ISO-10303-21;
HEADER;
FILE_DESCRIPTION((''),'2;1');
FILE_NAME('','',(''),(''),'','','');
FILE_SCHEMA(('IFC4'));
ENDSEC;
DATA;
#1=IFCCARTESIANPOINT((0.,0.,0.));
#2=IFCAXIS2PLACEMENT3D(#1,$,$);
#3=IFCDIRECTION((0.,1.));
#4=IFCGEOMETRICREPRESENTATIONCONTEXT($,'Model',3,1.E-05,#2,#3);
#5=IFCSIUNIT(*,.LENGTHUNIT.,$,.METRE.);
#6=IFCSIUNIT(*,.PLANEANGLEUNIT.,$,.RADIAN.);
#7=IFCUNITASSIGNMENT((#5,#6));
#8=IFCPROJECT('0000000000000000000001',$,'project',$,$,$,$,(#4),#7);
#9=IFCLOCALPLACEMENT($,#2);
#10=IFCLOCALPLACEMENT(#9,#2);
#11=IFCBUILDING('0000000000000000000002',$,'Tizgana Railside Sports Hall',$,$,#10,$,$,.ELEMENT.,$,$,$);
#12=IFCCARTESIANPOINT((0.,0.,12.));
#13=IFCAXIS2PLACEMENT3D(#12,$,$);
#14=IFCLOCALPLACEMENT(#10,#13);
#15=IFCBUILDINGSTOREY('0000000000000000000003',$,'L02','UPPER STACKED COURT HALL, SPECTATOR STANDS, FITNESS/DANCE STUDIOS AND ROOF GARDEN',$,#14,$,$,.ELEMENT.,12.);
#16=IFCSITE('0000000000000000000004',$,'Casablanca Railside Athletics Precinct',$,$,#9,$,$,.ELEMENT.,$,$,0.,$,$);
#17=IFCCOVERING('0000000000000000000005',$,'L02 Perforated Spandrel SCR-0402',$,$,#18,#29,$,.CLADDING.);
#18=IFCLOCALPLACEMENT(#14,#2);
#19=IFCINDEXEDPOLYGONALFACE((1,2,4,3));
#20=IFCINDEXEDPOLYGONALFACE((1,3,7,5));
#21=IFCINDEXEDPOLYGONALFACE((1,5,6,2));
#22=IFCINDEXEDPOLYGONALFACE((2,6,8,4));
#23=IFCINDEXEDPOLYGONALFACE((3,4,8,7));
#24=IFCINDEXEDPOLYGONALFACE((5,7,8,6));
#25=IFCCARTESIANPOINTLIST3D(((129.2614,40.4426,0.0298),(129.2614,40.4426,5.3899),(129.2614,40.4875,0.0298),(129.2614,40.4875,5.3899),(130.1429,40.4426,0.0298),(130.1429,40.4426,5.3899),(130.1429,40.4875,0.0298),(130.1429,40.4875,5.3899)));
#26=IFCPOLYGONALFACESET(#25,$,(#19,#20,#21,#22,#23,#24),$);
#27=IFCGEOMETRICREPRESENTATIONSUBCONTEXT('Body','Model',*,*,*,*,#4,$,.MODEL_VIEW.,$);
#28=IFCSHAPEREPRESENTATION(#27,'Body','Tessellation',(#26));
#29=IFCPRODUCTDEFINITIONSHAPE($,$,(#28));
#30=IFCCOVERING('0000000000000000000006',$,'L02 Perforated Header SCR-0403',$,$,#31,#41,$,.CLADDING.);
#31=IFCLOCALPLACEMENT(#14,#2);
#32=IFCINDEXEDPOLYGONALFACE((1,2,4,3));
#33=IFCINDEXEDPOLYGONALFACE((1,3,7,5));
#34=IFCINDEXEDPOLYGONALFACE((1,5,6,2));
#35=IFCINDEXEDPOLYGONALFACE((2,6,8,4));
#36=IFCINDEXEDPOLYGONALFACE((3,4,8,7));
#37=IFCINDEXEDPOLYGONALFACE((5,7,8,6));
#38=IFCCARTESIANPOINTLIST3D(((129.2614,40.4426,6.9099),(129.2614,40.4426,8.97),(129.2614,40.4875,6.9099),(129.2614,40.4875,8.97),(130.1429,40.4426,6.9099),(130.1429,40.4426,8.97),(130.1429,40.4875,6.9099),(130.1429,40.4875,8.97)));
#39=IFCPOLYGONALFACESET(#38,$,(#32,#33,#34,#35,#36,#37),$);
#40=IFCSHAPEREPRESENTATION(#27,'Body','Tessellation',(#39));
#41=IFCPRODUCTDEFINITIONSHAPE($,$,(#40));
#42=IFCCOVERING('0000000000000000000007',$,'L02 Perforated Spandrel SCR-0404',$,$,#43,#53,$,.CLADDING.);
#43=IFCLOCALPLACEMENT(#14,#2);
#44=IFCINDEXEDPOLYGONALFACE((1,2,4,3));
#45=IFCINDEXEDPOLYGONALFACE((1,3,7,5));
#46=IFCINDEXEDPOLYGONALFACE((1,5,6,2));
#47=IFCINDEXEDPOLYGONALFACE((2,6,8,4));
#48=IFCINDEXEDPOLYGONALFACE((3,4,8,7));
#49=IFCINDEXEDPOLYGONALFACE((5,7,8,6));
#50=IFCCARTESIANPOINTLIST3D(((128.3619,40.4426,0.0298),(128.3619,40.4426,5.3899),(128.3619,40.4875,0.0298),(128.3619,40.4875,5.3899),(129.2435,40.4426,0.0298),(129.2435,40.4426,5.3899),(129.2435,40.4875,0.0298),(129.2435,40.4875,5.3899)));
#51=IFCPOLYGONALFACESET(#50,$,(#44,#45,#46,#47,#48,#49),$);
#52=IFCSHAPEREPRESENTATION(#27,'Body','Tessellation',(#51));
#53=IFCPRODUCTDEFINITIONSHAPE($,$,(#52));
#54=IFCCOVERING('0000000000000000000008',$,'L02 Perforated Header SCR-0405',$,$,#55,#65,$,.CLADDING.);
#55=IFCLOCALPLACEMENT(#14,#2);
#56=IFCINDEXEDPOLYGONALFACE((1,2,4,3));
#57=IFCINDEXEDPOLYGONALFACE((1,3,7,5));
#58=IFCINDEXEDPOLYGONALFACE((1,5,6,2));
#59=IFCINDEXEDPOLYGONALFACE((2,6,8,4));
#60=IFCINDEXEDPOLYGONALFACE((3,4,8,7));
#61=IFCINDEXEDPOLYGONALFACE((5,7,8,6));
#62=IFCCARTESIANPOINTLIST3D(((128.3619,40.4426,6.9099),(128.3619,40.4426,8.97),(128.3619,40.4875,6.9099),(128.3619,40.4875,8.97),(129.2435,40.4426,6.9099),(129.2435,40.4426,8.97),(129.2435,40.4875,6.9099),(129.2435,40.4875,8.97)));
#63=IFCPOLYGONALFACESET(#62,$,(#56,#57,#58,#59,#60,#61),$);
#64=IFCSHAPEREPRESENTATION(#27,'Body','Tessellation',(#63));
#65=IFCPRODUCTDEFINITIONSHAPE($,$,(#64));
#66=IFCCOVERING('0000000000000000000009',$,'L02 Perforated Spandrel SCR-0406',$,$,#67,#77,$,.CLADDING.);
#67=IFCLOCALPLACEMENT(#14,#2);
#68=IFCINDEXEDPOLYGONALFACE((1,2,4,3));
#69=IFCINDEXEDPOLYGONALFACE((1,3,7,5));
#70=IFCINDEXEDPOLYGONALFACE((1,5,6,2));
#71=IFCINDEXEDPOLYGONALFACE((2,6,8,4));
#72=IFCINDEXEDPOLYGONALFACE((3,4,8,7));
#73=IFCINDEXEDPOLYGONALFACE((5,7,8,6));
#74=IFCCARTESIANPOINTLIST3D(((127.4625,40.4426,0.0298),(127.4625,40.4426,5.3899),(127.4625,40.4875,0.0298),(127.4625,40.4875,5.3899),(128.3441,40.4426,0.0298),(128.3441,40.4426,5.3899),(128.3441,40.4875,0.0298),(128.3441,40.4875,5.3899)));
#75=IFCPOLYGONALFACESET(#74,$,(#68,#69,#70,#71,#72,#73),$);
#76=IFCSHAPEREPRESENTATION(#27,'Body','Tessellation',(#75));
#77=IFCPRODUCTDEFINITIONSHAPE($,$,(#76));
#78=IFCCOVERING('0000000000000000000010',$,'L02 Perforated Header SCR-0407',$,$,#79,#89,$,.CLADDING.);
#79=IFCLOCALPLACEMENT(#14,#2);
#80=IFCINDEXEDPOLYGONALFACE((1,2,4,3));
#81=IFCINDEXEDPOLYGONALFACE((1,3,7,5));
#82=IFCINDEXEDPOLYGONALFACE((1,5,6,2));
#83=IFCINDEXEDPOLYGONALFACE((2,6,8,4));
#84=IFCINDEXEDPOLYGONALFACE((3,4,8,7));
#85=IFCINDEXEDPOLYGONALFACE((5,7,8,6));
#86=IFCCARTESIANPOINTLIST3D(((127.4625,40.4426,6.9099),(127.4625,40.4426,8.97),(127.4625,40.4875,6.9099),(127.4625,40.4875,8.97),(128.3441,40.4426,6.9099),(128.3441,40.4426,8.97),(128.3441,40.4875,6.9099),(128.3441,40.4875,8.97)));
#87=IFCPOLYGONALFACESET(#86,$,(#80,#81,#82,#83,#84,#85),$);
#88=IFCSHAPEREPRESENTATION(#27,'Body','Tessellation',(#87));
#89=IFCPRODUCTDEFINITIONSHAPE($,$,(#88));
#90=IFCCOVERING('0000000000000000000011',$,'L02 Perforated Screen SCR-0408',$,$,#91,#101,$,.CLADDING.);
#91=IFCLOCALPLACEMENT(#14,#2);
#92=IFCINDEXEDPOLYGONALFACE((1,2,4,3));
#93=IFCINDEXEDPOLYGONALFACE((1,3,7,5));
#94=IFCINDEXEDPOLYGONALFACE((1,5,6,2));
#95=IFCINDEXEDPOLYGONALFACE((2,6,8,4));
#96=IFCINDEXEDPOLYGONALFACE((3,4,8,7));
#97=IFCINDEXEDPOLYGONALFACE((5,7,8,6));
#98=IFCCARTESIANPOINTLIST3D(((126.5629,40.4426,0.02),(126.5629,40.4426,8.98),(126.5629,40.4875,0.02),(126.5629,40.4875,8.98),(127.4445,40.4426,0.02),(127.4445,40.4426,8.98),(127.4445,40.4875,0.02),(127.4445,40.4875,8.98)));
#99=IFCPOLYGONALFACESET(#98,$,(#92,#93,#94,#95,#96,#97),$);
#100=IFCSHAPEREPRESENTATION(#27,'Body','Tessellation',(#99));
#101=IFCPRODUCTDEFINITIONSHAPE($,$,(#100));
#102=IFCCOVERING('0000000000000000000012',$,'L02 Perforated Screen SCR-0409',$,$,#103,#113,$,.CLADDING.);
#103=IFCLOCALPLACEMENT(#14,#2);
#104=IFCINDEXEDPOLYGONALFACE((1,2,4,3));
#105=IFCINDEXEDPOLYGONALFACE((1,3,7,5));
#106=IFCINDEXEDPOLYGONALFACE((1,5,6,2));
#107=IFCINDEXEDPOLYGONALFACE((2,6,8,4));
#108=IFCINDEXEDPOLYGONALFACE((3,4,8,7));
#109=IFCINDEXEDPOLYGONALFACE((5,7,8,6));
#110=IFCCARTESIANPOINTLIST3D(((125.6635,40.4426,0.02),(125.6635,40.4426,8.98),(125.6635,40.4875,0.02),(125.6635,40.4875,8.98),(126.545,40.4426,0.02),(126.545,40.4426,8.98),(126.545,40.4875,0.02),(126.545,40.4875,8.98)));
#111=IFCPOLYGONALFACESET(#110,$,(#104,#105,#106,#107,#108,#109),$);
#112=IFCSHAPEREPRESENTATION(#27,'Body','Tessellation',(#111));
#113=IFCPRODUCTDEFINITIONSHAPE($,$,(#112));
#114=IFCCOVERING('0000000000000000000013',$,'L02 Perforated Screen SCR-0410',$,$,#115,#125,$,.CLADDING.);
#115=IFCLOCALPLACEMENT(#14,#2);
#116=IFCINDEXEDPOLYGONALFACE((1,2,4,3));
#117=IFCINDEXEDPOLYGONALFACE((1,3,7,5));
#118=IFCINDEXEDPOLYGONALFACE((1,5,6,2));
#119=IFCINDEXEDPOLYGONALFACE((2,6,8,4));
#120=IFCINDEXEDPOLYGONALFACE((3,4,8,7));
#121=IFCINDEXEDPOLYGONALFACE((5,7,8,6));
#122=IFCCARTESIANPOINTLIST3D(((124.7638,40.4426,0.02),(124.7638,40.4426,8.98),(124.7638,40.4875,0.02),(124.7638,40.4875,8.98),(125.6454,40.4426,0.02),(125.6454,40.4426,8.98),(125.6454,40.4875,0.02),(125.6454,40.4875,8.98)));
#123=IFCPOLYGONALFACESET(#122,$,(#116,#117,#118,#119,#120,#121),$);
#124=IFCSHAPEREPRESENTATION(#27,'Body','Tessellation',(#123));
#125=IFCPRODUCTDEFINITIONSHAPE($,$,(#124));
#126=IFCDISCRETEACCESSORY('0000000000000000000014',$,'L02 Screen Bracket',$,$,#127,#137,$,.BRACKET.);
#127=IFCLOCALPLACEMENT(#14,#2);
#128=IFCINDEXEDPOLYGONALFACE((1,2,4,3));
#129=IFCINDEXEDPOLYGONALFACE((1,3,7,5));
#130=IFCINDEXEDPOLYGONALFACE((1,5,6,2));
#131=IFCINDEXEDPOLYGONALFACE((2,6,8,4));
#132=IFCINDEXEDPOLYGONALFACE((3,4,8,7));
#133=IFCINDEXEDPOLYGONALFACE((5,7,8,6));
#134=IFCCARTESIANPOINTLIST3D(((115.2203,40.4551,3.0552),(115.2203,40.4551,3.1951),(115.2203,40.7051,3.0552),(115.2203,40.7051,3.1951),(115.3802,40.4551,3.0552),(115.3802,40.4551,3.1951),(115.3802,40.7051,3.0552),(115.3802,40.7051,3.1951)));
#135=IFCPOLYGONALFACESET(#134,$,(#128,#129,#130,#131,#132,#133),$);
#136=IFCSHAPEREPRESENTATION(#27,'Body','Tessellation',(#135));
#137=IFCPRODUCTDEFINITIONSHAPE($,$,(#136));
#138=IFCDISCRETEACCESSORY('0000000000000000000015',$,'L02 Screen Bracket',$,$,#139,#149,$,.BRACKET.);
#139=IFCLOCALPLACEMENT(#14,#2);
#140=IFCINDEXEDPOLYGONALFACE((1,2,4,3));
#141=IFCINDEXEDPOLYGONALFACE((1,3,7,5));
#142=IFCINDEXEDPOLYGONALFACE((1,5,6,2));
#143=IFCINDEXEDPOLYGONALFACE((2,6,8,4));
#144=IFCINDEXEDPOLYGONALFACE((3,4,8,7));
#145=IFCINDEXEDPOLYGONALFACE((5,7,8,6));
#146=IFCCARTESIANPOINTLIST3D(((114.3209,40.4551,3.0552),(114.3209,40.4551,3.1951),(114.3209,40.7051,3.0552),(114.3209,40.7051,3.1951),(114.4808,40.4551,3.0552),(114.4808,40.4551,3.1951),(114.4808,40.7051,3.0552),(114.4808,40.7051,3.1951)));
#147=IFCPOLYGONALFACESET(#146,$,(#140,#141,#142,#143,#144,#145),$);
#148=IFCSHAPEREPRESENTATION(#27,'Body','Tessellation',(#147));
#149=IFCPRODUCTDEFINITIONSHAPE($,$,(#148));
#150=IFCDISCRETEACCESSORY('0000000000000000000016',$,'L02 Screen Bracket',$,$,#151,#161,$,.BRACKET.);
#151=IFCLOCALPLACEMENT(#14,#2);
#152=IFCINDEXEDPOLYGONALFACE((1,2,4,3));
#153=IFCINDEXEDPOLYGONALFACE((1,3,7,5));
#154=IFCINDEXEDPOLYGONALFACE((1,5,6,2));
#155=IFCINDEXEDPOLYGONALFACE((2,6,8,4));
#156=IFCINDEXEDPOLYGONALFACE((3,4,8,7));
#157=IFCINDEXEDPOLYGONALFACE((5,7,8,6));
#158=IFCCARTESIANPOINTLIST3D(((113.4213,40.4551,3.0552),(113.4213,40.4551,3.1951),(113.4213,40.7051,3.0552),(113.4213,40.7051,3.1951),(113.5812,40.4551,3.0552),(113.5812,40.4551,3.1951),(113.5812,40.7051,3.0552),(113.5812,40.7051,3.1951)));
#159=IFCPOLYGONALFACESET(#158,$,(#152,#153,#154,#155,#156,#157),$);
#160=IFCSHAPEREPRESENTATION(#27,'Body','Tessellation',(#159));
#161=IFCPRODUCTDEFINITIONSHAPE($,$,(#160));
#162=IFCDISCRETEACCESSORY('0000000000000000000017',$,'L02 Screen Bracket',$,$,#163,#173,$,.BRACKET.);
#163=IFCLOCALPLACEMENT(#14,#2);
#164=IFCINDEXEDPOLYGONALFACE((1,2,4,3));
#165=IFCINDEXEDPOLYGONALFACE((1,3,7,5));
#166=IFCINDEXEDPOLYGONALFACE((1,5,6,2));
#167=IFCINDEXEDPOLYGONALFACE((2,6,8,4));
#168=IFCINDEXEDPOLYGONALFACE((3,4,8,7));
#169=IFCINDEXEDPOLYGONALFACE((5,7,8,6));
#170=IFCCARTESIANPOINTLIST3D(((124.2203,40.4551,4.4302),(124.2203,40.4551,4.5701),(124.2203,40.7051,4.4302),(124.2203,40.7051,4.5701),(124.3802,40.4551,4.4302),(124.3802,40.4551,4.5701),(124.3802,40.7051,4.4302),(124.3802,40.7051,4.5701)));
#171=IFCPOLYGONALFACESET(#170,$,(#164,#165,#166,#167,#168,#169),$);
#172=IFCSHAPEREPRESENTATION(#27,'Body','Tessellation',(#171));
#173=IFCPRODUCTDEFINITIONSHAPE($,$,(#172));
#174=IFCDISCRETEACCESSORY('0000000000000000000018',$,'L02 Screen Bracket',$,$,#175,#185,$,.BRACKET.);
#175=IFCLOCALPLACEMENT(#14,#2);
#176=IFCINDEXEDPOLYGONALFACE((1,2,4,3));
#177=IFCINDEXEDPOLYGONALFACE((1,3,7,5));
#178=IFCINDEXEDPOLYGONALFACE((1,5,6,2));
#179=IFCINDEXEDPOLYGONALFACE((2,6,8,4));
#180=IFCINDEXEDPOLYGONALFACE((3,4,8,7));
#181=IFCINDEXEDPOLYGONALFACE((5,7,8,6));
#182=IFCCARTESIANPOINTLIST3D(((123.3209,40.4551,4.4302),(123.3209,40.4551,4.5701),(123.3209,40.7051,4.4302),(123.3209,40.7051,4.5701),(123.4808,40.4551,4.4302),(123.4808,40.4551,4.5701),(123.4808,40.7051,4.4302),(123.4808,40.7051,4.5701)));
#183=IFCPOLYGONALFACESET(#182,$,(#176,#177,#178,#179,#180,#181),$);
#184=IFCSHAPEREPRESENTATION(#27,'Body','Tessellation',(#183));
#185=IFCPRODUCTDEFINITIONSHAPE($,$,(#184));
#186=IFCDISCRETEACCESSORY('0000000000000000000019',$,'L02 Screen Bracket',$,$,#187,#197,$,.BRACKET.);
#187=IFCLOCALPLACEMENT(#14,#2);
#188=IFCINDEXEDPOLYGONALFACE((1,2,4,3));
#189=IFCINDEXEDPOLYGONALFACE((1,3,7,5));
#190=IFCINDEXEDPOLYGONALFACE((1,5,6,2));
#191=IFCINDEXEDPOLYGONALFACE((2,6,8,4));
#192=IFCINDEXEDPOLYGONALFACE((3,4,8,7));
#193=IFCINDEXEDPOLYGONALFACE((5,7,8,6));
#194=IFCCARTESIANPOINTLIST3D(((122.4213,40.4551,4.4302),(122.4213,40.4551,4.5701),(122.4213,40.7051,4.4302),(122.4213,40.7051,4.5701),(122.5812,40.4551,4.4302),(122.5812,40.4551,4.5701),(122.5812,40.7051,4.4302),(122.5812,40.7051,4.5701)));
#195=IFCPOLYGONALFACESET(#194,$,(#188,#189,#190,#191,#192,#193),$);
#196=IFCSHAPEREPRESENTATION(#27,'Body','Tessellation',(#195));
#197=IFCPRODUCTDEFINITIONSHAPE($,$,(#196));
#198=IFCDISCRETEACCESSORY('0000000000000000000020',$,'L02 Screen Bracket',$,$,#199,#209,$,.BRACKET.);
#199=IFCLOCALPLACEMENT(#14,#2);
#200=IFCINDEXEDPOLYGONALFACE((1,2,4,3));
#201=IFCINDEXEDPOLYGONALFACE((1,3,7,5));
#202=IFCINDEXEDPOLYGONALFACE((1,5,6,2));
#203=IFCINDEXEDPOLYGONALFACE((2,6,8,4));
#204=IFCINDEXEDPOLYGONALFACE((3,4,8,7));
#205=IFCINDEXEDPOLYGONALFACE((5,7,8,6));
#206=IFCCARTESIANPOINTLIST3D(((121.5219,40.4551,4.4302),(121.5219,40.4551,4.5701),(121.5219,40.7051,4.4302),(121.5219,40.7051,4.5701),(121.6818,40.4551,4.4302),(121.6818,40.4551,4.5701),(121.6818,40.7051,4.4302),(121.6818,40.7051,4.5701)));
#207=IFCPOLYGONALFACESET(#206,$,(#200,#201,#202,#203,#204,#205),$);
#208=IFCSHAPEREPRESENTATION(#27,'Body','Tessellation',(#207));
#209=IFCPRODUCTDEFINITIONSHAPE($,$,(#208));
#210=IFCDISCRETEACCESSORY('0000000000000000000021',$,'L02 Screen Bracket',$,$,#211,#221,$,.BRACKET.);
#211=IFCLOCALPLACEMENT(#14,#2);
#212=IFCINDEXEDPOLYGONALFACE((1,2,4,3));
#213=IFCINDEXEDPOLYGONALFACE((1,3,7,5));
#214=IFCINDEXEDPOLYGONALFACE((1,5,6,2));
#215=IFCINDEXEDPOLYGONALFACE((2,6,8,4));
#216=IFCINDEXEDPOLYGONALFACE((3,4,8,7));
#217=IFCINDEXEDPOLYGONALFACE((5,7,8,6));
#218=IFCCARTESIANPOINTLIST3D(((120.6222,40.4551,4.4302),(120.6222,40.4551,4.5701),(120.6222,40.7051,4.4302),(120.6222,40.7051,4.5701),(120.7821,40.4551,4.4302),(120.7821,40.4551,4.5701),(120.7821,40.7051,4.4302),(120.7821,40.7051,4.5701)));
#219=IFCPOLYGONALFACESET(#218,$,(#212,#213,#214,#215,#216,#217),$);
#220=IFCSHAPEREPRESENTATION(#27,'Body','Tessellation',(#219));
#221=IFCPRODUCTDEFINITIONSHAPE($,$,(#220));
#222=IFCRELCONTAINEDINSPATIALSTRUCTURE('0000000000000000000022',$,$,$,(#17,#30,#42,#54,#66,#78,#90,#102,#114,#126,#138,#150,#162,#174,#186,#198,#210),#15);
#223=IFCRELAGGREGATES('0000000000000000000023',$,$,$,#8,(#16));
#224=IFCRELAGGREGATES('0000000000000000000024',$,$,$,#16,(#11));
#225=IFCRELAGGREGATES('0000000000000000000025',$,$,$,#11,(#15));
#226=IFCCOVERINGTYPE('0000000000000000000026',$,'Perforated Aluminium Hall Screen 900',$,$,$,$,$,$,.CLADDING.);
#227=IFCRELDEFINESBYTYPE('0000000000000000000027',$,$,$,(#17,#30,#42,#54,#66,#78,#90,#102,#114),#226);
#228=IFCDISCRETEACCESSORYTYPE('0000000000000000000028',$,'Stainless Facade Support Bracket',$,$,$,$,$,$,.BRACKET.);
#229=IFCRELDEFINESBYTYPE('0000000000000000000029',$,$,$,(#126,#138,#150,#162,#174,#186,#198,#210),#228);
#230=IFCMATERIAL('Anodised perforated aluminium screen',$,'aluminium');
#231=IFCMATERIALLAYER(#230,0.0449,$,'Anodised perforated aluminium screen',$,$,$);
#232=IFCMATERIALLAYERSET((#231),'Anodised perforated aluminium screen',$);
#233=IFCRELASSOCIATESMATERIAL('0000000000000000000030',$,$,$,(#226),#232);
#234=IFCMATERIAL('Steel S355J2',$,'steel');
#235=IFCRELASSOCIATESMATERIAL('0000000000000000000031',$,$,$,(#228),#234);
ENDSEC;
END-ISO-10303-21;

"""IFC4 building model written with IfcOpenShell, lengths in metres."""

from ifc_helpers import new_model, si_unit, direction, frame, origin, origin_2d, place, context, subcontext, project, spatial, rectangle, extrude, material, layer, layer_set, type_object, element, save


model = new_model("IFC4")

# Units and contexts
model_context = context("Model", 3, precision=1e-05, world=origin(), true_north=direction((0.0, 1.0)))
body_context = subcontext(model_context, "Body", "Model", "MODEL_VIEW")
ifc_project = project(units=[si_unit("LENGTHUNIT", "METRE"), si_unit("PLANEANGLEUNIT", "RADIAN")], contexts=[model_context])

# Site, building, storey
site_placement = place(None, origin())
site = spatial("IfcSite", under=ifc_project, at=site_placement, Name="Casablanca Railside Athletics Precinct", CompositionType="ELEMENT", RefElevation=0.0)
building_placement = place(site_placement, origin())
building = spatial("IfcBuilding", under=site, at=building_placement, Name="Tizgana Railside Sports Hall", CompositionType="ELEMENT")
storey_placement = place(building_placement, frame((0.0, 0.0, 12.0)))
storey = spatial("IfcBuildingStorey", under=building, at=storey_placement, Name="L02", Description="UPPER STACKED COURT HALL, SPECTATOR STANDS, FITNESS/DANCE STUDIOS AND ROOF GARDEN", CompositionType="ELEMENT", Elevation=12.0)

# Coverings
ifc_material_1 = material(Name="Anodised perforated aluminium screen", Category="aluminium")
ifc_layer = layer(ifc_material_1, 0.0449, Name="Anodised perforated aluminium screen")
ifc_layer_set = layer_set([ifc_layer], Name="Anodised perforated aluminium screen")
covering_type = type_object("IfcCoveringType", Name="Perforated Aluminium Hall Screen 900", PredefinedType="CLADDING", material=ifc_layer_set)
covering_1_placement = place(storey_placement, frame((129.7021, 40.4651, 0.0298), z_axis=(0.0, 0.0, 1.0), x_axis=(-1.0, 0.0, 0.0)))
element("IfcCovering", 1, at=covering_1_placement, inside=storey, type_object=covering_type, Name="L02 Perforated Spandrel SCR-0402", PredefinedType="CLADDING", context=body_context, shape_type="SweptSolid", body=[
    extrude(rectangle(XDim=0.8816, YDim=0.0449, at=origin_2d()), origin(), (0.0, 0.0, 1.0), 5.3601),
])
covering_2_placement = place(storey_placement, frame((129.7021, 40.4651, 6.9099), z_axis=(0.0, 0.0, 1.0), x_axis=(-1.0, 0.0, 0.0)))
element("IfcCovering", 2, at=covering_2_placement, inside=storey, type_object=covering_type, Name="L02 Perforated Header SCR-0403", PredefinedType="CLADDING", context=body_context, shape_type="SweptSolid", body=[
    extrude(rectangle(XDim=0.8816, YDim=0.0449, at=origin_2d()), origin(), (0.0, 0.0, 1.0), 2.0601),
])
covering_3_placement = place(storey_placement, frame((128.8027, 40.4651, 0.0298), z_axis=(0.0, 0.0, 1.0), x_axis=(-1.0, 0.0, 0.0)))
element("IfcCovering", 3, at=covering_3_placement, inside=storey, type_object=covering_type, Name="L02 Perforated Spandrel SCR-0404", PredefinedType="CLADDING", context=body_context, shape_type="SweptSolid", body=[
    extrude(rectangle(XDim=0.8816, YDim=0.0449, at=origin_2d()), origin(), (0.0, 0.0, 1.0), 5.3601),
])
covering_4_placement = place(storey_placement, frame((128.8027, 40.4651, 6.9099), z_axis=(0.0, 0.0, 1.0), x_axis=(-1.0, 0.0, 0.0)))
element("IfcCovering", 4, at=covering_4_placement, inside=storey, type_object=covering_type, Name="L02 Perforated Header SCR-0405", PredefinedType="CLADDING", context=body_context, shape_type="SweptSolid", body=[
    extrude(rectangle(XDim=0.8816, YDim=0.0449, at=origin_2d()), origin(), (0.0, 0.0, 1.0), 2.0601),
])
covering_5_placement = place(storey_placement, frame((127.9033, 40.4651, 0.0298), z_axis=(0.0, 0.0, 1.0), x_axis=(-1.0, 0.0, 0.0)))
element("IfcCovering", 5, at=covering_5_placement, inside=storey, type_object=covering_type, Name="L02 Perforated Spandrel SCR-0406", PredefinedType="CLADDING", context=body_context, shape_type="SweptSolid", body=[
    extrude(rectangle(XDim=0.8816, YDim=0.0449, at=origin_2d()), origin(), (0.0, 0.0, 1.0), 5.3601),
])
covering_6_placement = place(storey_placement, frame((127.9033, 40.4651, 6.9099), z_axis=(0.0, 0.0, 1.0), x_axis=(-1.0, 0.0, 0.0)))
element("IfcCovering", 6, at=covering_6_placement, inside=storey, type_object=covering_type, Name="L02 Perforated Header SCR-0407", PredefinedType="CLADDING", context=body_context, shape_type="SweptSolid", body=[
    extrude(rectangle(XDim=0.8816, YDim=0.0449, at=origin_2d()), origin(), (0.0, 0.0, 1.0), 2.0601),
])
for number, where, z_axis, x_axis, name in (
    (7, (127.0037, 40.4651, 0.02), (0.0, 0.0, 1.0), (-1.0, 0.0, 0.0), "L02 Perforated Screen SCR-0408"),
    (8, (126.1042, 40.4651, 0.02), (0.0, 0.0, 1.0), (-1.0, 0.0, 0.0), "L02 Perforated Screen SCR-0409"),
    (9, (125.2046, 40.4651, 0.02), (0.0, 0.0, 1.0), (-1.0, 0.0, 0.0), "L02 Perforated Screen SCR-0410"),
):
    element("IfcCovering", number, at=place(storey_placement, frame(where, z_axis=z_axis, x_axis=x_axis)), inside=storey, type_object=covering_type, Name=name, PredefinedType="CLADDING", context=body_context, shape_type="SweptSolid", body=[
        extrude(rectangle(XDim=0.8816, YDim=0.0449, at=origin_2d()), origin(), (0.0, 0.0, 1.0), 8.96),
    ])

# Discrete accessories
ifc_material_2 = material(Name="Steel S355J2", Category="steel")
discrete_accessory_type = type_object("IfcDiscreteAccessoryType", Name="Stainless Facade Support Bracket", PredefinedType="BRACKET", material=ifc_material_2)
for number, where, z_axis, x_axis, name in (
    (10, (115.3003, 40.5801, 3.0552), (0.0, 0.0, 1.0), (-1.0, 0.0, 0.0), "L02 Screen Bracket"),
    (11, (114.4009, 40.5801, 3.0552), (0.0, 0.0, 1.0), (-1.0, 0.0, 0.0), "L02 Screen Bracket"),
    (12, (113.5012, 40.5801, 3.0552), (0.0, 0.0, 1.0), (-1.0, 0.0, 0.0), "L02 Screen Bracket"),
    (13, (124.3003, 40.5801, 4.4302), (0.0, 0.0, 1.0), (-1.0, 0.0, 0.0), "L02 Screen Bracket"),
    (14, (123.4009, 40.5801, 4.4302), (0.0, 0.0, 1.0), (-1.0, 0.0, 0.0), "L02 Screen Bracket"),
    (15, (122.5012, 40.5801, 4.4302), (0.0, 0.0, 1.0), (-1.0, 0.0, 0.0), "L02 Screen Bracket"),
    (16, (121.6018, 40.5801, 4.4302), (0.0, 0.0, 1.0), (-1.0, 0.0, 0.0), "L02 Screen Bracket"),
    (17, (120.7021, 40.5801, 4.4302), (0.0, 0.0, 1.0), (-1.0, 0.0, 0.0), "L02 Screen Bracket"),
):
    element("IfcDiscreteAccessory", number, at=place(storey_placement, frame(where, z_axis=z_axis, x_axis=x_axis)), inside=storey, type_object=discrete_accessory_type, Name=name, PredefinedType="BRACKET", context=body_context, shape_type="SweptSolid", body=[
        extrude(rectangle(XDim=0.1599, YDim=0.25, at=origin_2d()), origin(), (0.0, 0.0, 1.0), 0.1399),
    ])

save(model, "model.ifc")
